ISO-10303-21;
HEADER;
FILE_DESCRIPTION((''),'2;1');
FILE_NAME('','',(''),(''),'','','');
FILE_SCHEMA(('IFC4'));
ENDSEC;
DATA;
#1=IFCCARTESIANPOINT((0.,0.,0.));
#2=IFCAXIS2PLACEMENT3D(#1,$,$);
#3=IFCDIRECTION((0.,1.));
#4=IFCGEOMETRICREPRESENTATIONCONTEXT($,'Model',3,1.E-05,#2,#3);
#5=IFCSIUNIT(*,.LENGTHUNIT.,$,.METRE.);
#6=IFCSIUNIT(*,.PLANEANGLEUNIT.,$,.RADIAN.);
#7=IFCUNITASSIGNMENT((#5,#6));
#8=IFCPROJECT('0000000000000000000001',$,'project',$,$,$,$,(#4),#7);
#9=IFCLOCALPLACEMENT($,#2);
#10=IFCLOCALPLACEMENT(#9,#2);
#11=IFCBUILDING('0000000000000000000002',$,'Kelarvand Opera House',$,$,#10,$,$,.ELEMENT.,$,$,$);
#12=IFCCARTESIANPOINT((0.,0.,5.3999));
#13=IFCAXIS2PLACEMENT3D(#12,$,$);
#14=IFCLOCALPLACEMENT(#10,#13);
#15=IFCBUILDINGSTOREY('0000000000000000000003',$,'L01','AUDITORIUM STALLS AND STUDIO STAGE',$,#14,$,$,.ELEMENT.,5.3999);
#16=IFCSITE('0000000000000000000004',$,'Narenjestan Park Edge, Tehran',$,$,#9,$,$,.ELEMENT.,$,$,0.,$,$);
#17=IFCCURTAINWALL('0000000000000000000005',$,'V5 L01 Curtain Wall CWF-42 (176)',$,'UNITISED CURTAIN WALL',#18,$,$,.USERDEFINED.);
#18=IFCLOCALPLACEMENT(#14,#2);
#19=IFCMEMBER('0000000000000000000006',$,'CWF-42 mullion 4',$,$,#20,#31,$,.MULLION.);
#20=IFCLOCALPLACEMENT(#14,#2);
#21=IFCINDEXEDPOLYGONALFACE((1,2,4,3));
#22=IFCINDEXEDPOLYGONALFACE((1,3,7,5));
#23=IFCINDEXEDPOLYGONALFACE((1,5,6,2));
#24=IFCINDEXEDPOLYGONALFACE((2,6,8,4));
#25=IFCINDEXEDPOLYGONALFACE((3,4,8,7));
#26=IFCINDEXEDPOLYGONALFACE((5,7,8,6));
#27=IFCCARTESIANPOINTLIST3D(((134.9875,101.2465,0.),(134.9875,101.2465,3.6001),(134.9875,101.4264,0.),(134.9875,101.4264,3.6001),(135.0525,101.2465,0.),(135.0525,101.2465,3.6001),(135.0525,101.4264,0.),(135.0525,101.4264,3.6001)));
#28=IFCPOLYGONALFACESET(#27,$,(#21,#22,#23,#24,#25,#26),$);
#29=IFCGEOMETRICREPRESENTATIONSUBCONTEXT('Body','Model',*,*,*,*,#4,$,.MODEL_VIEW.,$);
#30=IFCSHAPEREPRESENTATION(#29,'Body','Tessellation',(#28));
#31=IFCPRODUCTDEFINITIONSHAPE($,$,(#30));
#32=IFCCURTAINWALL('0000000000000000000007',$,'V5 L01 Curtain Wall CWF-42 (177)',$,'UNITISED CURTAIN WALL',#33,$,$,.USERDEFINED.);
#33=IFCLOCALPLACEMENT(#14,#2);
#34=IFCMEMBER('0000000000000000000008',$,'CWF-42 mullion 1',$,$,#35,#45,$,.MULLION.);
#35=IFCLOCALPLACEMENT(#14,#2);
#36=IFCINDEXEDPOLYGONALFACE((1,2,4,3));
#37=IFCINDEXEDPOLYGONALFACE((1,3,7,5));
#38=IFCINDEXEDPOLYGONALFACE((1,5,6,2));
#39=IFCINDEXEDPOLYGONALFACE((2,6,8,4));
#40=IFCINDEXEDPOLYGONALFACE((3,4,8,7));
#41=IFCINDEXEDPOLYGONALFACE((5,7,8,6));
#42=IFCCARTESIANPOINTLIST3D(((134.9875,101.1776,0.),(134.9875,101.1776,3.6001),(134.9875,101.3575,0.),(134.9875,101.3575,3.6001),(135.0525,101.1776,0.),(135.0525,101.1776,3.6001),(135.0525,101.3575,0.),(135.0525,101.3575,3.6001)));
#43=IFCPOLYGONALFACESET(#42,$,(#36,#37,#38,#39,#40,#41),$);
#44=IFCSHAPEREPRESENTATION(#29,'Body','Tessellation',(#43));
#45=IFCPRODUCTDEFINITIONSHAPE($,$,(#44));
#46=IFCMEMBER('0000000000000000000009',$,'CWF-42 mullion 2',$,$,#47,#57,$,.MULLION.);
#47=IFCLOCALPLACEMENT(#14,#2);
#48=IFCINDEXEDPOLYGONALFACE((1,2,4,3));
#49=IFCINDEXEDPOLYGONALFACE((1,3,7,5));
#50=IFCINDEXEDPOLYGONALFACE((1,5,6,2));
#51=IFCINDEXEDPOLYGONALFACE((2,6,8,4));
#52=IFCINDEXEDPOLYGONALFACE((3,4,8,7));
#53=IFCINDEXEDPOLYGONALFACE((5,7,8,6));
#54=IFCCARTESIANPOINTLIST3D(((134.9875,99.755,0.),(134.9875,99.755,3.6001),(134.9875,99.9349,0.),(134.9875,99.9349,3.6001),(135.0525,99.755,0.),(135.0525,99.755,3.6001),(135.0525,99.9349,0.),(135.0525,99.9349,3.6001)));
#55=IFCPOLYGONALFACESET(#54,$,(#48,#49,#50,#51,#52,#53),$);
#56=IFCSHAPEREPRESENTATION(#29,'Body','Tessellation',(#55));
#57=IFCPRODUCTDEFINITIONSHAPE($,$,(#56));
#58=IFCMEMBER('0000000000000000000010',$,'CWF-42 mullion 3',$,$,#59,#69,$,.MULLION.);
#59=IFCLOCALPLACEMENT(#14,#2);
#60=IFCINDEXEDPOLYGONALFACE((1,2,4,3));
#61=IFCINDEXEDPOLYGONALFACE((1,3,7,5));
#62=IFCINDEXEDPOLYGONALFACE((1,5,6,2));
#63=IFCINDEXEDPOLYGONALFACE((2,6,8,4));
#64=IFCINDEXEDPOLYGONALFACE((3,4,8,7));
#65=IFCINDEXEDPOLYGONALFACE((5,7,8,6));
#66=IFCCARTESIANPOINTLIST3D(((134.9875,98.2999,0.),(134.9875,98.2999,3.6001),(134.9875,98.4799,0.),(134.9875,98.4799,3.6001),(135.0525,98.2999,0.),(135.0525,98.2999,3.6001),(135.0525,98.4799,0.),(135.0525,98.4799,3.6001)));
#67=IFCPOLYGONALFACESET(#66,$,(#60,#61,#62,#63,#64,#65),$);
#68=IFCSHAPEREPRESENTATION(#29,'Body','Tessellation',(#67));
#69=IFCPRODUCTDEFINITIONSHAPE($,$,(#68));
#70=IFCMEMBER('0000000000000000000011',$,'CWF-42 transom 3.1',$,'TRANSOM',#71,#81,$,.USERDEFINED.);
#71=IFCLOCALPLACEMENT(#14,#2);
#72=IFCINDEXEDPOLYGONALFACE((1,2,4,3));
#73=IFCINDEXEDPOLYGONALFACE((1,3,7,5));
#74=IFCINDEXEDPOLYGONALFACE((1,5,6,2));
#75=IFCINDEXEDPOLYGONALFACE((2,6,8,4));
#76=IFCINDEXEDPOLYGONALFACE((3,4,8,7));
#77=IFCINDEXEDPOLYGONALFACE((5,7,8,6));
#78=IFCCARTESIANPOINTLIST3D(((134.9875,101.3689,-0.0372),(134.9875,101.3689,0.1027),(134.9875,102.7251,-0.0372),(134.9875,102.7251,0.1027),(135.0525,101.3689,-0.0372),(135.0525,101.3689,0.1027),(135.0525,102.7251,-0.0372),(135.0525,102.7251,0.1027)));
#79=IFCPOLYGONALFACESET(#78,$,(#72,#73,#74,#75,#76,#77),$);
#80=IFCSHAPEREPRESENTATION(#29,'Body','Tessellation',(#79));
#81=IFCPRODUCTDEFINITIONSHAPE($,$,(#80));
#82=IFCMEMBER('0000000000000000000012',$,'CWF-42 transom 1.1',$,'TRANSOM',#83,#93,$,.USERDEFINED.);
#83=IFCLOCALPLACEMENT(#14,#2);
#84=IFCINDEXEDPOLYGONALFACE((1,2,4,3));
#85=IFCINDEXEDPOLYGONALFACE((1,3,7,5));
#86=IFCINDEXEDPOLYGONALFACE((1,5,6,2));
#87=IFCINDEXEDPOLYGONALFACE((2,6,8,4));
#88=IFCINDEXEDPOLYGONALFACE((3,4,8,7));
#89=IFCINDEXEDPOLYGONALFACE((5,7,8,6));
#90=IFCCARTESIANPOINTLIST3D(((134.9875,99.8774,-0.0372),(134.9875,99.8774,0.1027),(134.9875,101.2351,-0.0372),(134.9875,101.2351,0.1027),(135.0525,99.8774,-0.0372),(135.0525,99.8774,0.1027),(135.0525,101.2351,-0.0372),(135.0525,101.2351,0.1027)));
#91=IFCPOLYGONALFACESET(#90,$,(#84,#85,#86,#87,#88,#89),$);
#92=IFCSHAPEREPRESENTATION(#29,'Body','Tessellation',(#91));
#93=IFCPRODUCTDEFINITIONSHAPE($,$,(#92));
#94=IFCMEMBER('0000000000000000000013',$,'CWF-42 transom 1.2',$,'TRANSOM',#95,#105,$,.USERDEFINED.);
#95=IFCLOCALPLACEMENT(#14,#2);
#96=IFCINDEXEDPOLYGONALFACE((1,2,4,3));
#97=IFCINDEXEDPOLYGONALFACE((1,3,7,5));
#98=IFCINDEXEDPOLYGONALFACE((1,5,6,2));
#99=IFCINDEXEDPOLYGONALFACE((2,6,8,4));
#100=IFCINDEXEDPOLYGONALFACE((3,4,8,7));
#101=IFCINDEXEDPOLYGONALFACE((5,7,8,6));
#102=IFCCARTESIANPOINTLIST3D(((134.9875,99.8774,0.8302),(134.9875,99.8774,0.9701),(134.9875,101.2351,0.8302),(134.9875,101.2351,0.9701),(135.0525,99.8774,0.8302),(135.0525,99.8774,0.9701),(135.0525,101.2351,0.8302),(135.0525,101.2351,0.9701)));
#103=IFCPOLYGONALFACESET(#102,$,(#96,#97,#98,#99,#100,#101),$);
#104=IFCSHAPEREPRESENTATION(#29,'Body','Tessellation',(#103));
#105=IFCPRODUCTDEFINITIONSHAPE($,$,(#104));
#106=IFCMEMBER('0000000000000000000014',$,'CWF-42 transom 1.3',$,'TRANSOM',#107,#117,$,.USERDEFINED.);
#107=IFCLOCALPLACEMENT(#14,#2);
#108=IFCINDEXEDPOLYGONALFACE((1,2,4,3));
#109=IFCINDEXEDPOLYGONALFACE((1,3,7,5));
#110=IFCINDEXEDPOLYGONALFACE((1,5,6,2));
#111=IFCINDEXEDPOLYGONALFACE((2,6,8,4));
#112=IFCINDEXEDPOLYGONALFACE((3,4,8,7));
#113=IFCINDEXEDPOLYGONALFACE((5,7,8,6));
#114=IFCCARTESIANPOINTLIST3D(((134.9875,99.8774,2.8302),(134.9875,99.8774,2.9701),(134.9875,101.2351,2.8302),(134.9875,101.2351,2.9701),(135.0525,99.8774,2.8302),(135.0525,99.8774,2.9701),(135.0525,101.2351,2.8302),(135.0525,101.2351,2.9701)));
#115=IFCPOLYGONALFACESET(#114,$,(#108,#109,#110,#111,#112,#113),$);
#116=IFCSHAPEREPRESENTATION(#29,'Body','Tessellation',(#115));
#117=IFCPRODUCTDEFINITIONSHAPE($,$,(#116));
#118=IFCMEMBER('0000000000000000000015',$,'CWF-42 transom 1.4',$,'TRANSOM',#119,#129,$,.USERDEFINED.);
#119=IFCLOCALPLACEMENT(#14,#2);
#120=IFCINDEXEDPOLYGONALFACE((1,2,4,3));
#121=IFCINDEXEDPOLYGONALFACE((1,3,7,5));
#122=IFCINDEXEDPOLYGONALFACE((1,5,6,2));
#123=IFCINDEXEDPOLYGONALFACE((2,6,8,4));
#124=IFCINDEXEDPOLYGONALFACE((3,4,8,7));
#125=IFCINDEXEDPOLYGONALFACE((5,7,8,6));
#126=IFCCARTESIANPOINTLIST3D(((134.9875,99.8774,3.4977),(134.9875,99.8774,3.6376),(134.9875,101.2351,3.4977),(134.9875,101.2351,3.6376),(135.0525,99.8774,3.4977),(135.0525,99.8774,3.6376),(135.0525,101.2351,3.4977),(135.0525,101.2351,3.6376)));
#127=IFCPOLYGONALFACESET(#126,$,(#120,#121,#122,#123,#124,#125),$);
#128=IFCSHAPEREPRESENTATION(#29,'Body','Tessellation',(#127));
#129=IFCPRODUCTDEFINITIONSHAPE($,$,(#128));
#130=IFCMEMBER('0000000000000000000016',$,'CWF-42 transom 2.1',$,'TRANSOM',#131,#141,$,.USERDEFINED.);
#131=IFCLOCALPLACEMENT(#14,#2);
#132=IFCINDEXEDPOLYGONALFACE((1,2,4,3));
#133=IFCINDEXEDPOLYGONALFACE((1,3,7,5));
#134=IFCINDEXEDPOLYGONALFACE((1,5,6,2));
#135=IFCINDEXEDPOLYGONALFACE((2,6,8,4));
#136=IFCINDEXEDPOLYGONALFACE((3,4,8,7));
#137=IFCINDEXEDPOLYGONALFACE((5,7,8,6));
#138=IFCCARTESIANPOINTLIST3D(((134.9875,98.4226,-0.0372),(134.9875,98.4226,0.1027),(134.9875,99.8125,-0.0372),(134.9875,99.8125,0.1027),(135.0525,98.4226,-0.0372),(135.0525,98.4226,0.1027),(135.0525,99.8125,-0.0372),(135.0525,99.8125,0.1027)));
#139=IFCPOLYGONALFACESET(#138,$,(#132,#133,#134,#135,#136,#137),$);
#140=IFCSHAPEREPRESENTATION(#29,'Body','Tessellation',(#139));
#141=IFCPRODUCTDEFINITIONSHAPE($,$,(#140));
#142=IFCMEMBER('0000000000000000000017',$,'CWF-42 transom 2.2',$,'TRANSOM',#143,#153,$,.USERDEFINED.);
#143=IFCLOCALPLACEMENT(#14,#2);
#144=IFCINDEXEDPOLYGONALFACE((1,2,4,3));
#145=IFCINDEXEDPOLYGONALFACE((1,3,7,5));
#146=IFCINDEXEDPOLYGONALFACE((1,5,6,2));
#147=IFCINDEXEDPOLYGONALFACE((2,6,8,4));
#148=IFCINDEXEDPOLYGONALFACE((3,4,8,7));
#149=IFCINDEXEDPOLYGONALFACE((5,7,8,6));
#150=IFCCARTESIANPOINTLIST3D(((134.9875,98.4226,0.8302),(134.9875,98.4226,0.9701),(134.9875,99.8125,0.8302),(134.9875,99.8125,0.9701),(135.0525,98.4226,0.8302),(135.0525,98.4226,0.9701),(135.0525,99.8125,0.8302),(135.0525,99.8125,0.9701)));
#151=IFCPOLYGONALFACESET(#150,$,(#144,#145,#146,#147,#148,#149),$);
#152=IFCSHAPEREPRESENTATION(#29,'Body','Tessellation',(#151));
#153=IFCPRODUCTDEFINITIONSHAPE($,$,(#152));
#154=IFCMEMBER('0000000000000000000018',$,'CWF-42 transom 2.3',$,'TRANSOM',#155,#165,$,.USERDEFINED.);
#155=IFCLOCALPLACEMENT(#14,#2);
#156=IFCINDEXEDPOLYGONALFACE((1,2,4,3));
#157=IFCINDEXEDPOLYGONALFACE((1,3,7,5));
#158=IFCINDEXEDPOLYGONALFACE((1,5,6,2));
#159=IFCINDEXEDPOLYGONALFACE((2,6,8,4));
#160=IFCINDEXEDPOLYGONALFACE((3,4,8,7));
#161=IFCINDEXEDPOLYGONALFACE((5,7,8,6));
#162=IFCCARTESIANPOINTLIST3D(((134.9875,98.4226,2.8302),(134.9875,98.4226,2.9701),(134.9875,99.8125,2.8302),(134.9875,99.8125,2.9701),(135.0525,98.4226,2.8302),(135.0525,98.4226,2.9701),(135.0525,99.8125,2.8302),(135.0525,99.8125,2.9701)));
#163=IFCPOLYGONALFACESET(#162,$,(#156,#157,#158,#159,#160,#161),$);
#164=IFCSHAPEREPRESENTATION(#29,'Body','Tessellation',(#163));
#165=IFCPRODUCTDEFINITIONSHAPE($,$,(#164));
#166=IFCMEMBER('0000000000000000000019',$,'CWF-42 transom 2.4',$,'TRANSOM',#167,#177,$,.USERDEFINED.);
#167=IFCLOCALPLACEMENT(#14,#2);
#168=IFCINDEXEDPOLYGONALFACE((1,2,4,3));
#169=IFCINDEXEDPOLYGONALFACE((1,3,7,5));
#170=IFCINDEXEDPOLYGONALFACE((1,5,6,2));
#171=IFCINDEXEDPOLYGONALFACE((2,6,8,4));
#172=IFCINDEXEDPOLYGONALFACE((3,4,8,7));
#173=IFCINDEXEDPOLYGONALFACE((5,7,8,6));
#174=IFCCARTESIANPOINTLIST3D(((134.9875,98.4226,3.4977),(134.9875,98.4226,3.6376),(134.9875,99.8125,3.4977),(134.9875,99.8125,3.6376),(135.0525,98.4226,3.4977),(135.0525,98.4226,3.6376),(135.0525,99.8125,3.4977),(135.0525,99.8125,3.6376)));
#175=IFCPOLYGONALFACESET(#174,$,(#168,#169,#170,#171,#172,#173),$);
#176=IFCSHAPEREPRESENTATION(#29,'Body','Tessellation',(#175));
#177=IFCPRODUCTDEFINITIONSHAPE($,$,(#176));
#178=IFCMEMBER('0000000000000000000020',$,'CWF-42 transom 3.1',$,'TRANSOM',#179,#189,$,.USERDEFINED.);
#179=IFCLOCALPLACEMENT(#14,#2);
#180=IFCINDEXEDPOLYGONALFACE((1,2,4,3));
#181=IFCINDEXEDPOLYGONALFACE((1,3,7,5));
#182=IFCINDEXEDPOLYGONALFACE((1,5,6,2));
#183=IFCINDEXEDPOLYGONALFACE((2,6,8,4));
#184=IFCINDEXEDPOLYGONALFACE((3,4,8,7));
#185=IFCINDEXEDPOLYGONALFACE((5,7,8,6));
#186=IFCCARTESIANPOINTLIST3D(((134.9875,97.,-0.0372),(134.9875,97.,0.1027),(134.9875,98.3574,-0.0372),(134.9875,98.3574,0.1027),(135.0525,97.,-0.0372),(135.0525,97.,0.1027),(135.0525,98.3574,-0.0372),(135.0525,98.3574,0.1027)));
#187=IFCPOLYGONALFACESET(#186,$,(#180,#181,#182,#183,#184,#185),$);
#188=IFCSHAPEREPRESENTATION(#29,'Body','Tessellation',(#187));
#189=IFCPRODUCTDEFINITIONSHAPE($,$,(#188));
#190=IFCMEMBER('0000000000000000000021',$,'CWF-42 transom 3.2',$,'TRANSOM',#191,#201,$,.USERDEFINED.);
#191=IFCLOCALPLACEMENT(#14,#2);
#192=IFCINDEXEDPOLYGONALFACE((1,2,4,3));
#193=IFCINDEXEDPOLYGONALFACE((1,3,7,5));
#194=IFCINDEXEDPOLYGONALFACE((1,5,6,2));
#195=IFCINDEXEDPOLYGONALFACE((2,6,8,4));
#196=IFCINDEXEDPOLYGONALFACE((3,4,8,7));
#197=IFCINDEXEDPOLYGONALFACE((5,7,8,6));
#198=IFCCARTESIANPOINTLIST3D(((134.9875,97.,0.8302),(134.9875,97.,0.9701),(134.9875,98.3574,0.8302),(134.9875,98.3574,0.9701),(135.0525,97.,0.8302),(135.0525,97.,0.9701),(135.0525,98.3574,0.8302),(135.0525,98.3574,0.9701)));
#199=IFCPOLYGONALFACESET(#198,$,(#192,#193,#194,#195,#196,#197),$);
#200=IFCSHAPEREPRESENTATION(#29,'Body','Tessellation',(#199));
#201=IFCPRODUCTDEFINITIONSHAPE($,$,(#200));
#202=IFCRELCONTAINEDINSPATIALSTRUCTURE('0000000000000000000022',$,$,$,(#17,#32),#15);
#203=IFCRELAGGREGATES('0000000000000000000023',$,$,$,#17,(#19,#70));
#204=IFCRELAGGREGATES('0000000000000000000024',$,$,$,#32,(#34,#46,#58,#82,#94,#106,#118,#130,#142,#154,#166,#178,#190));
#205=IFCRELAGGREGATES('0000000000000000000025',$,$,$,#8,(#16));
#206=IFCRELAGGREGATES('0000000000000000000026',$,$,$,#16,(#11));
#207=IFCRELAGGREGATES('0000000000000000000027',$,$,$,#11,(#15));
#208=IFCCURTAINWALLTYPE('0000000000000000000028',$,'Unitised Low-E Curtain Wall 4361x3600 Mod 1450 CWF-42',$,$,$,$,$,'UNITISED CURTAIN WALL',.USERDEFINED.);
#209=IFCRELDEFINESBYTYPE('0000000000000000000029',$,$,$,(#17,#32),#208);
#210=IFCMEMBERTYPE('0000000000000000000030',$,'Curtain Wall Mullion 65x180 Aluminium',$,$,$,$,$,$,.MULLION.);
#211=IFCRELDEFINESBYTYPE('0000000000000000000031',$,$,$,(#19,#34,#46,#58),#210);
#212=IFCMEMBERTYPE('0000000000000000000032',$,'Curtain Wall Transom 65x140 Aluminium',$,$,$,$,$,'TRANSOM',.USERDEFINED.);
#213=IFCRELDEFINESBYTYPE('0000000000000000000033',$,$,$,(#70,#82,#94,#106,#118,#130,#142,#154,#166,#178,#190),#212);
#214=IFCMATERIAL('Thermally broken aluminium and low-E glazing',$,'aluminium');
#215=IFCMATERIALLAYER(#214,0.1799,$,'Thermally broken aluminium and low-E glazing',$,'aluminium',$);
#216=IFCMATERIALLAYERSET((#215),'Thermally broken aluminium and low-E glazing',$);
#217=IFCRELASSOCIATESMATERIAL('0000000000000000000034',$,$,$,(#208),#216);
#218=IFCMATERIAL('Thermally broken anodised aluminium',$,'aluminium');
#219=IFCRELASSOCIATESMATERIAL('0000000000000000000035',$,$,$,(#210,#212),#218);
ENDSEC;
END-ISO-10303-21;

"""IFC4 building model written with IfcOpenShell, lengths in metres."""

from ifc_helpers import new_model, si_unit, direction, frame, origin, origin_2d, place, context, subcontext, project, spatial, rectangle, extrude, material, layer, layer_set, material_profile, profile_set, type_object, element, aggregate, save


model = new_model("IFC4")

# Units and contexts
model_context = context("Model", 3, precision=1e-05, world=origin(), true_north=direction((0.0, 1.0)))
body_context = subcontext(model_context, "Body", "Model", "MODEL_VIEW")
ifc_project = project(units=[si_unit("LENGTHUNIT", "METRE"), si_unit("PLANEANGLEUNIT", "RADIAN")], contexts=[model_context])

# Site, building, storey
site_placement = place(None, origin())
site = spatial("IfcSite", under=ifc_project, at=site_placement, Name="Narenjestan Park Edge, Tehran", CompositionType="ELEMENT", RefElevation=0.0)
building_placement = place(site_placement, origin())
building = spatial("IfcBuilding", under=site, at=building_placement, Name="Kelarvand Opera House", CompositionType="ELEMENT")
storey_placement = place(building_placement, frame((0.0, 0.0, 5.3999)))
storey = spatial("IfcBuildingStorey", under=building, at=storey_placement, Name="L01", Description="AUDITORIUM STALLS AND STUDIO STAGE", CompositionType="ELEMENT", Elevation=5.3999)

# Curtain wall, member
ifc_material_1 = material(Name="Thermally broken aluminium and low-E glazing", Category="aluminium")
ifc_layer_1 = layer(ifc_material_1, 0.1799, Name="Thermally broken aluminium and low-E glazing", Category="aluminium")
ifc_layer_set_1 = layer_set([ifc_layer_1], Name="Thermally broken aluminium and low-E glazing")
curtain_wall_type = type_object("IfcCurtainWallType", Name="Unitised Low-E Curtain Wall 4361x3600 Mod 1450 CWF-42", ElementType="UNITISED CURTAIN WALL", PredefinedType="USERDEFINED", material=ifc_layer_set_1)
curtain_wall_1_placement = place(storey_placement, origin())
curtain_wall_1 = element("IfcCurtainWall", 1, at=curtain_wall_1_placement, inside=storey, type_object=curtain_wall_type, Name="V5 L01 Curtain Wall CWF-42 (176)", ObjectType="UNITISED CURTAIN WALL", PredefinedType="USERDEFINED")
ifc_material_2 = material(Name="Thermally broken anodised aluminium", Category="aluminium")
ifc_material_profile_1 = material_profile(ifc_material_2, rectangle(XDim=0.0649, YDim=0.1799, at=origin_2d()), Name="ALU MULLION 65x180", Category="aluminium")
ifc_profile_set_1 = profile_set([ifc_material_profile_1], Name="Thermally broken anodised aluminium")
member_type_1 = type_object("IfcMemberType", Name="Curtain Wall Mullion 65x180 Aluminium", PredefinedType="MULLION", material=ifc_profile_set_1)
member_1_placement = place(storey_placement, frame((135.02, 101.3364, 0.0), z_axis=(0.0, 0.0, 1.0), x_axis=(1.0, 0.0, 0.0)))
member_1 = element("IfcMember", 2, at=member_1_placement, type_object=member_type_1, Name="CWF-42 mullion 4", PredefinedType="MULLION", context=body_context, shape_type="SweptSolid", body=[
    extrude(rectangle(XDim=0.0649, YDim=0.1799, at=origin_2d()), origin(), (0.0, 0.0, 1.0), 3.6001),
])

# Curtain wall, members
curtain_wall_2_placement = place(storey_placement, origin())
curtain_wall_2 = element("IfcCurtainWall", 3, at=curtain_wall_2_placement, inside=storey, type_object=curtain_wall_type, Name="V5 L01 Curtain Wall CWF-42 (177)", ObjectType="UNITISED CURTAIN WALL", PredefinedType="USERDEFINED")
member_2_placement = place(storey_placement, frame((135.02, 101.2676, 0.0), z_axis=(0.0, 0.0, 1.0), x_axis=(1.0, 0.0, 0.0)))
member_2 = element("IfcMember", 4, at=member_2_placement, type_object=member_type_1, Name="CWF-42 mullion 1", PredefinedType="MULLION", context=body_context, shape_type="SweptSolid", body=[
    extrude(rectangle(XDim=0.0649, YDim=0.1799, at=origin_2d()), origin(), (0.0, 0.0, 1.0), 3.6001),
])
member_3_placement = place(storey_placement, frame((135.02, 99.845, 0.0), z_axis=(0.0, 0.0, 1.0), x_axis=(1.0, 0.0, 0.0)))
member_3 = element("IfcMember", 5, at=member_3_placement, type_object=member_type_1, Name="CWF-42 mullion 2", PredefinedType="MULLION", context=body_context, shape_type="SweptSolid", body=[
    extrude(rectangle(XDim=0.0649, YDim=0.1799, at=origin_2d()), origin(), (0.0, 0.0, 1.0), 3.6001),
])
member_4_placement = place(storey_placement, frame((135.02, 98.3899, 0.0), z_axis=(0.0, 0.0, 1.0), x_axis=(1.0, 0.0, 0.0)))
member_4 = element("IfcMember", 6, at=member_4_placement, type_object=member_type_1, Name="CWF-42 mullion 3", PredefinedType="MULLION", context=body_context, shape_type="SweptSolid", body=[
    extrude(rectangle(XDim=0.0649, YDim=0.1799, at=origin_2d()), origin(), (0.0, 0.0, 1.0), 3.6001),
])

# Members
ifc_material_profile_2 = material_profile(ifc_material_2, rectangle(XDim=0.0649, YDim=0.1399, at=origin_2d()), Name="ALU TRANSOM 65x140", Category="aluminium")
ifc_profile_set_2 = profile_set([ifc_material_profile_2], Name="Thermally broken anodised aluminium")
member_type_2 = type_object("IfcMemberType", Name="Curtain Wall Transom 65x140 Aluminium", ElementType="TRANSOM", PredefinedType="USERDEFINED", material=ifc_profile_set_2)
member_5_placement = place(storey_placement, frame((135.02, 102.7251, 0.0327), z_axis=(0.0, -1.0, 0.0), x_axis=(1.0, 0.0, 0.0)))
member_5 = element("IfcMember", 7, at=member_5_placement, type_object=member_type_2, Name="CWF-42 transom 3.1", ObjectType="TRANSOM", PredefinedType="USERDEFINED", context=body_context, shape_type="SweptSolid", body=[
    extrude(rectangle(XDim=0.0649, YDim=0.1399, at=origin_2d()), origin(), (0.0, 0.0, 1.0), 1.3562),
])
member_6_placement = place(storey_placement, frame((135.02, 101.2351, 0.0327), z_axis=(0.0, -1.0, 0.0), x_axis=(1.0, 0.0, 0.0)))
member_6 = element("IfcMember", 8, at=member_6_placement, type_object=member_type_2, Name="CWF-42 transom 1.1", ObjectType="TRANSOM", PredefinedType="USERDEFINED", context=body_context, shape_type="SweptSolid", body=[
    extrude(rectangle(XDim=0.0649, YDim=0.1399, at=origin_2d()), origin(), (0.0, 0.0, 1.0), 1.3577),
])
member_7_placement = place(storey_placement, frame((135.02, 101.2351, 0.9001), z_axis=(0.0, -1.0, 0.0), x_axis=(1.0, 0.0, 0.0)))
member_7 = element("IfcMember", 9, at=member_7_placement, type_object=member_type_2, Name="CWF-42 transom 1.2", ObjectType="TRANSOM", PredefinedType="USERDEFINED", context=body_context, shape_type="SweptSolid", body=[
    extrude(rectangle(XDim=0.0649, YDim=0.1399, at=origin_2d()), origin(), (0.0, 0.0, 1.0), 1.3577),
])
member_8_placement = place(storey_placement, frame((135.02, 101.2351, 2.9001), z_axis=(0.0, -1.0, 0.0), x_axis=(1.0, 0.0, 0.0)))
member_8 = element("IfcMember", 10, at=member_8_placement, type_object=member_type_2, Name="CWF-42 transom 1.3", ObjectType="TRANSOM", PredefinedType="USERDEFINED", context=body_context, shape_type="SweptSolid", body=[
    extrude(rectangle(XDim=0.0649, YDim=0.1399, at=origin_2d()), origin(), (0.0, 0.0, 1.0), 1.3577),
])
member_9_placement = place(storey_placement, frame((135.02, 101.2351, 3.5676), z_axis=(0.0, -1.0, 0.0), x_axis=(1.0, 0.0, 0.0)))
member_9 = element("IfcMember", 11, at=member_9_placement, type_object=member_type_2, Name="CWF-42 transom 1.4", ObjectType="TRANSOM", PredefinedType="USERDEFINED", context=body_context, shape_type="SweptSolid", body=[
    extrude(rectangle(XDim=0.0649, YDim=0.1399, at=origin_2d()), origin(), (0.0, 0.0, 1.0), 1.3577),
])
member_10_placement = place(storey_placement, frame((135.02, 99.8125, 0.0327), z_axis=(0.0, -1.0, 0.0), x_axis=(1.0, 0.0, 0.0)))
member_10 = element("IfcMember", 12, at=member_10_placement, type_object=member_type_2, Name="CWF-42 transom 2.1", ObjectType="TRANSOM", PredefinedType="USERDEFINED", context=body_context, shape_type="SweptSolid", body=[
    extrude(rectangle(XDim=0.0649, YDim=0.1399, at=origin_2d()), origin(), (0.0, 0.0, 1.0), 1.3899),
])
member_11_placement = place(storey_placement, frame((135.02, 99.8125, 0.9001), z_axis=(0.0, -1.0, 0.0), x_axis=(1.0, 0.0, 0.0)))
member_11 = element("IfcMember", 13, at=member_11_placement, type_object=member_type_2, Name="CWF-42 transom 2.2", ObjectType="TRANSOM", PredefinedType="USERDEFINED", context=body_context, shape_type="SweptSolid", body=[
    extrude(rectangle(XDim=0.0649, YDim=0.1399, at=origin_2d()), origin(), (0.0, 0.0, 1.0), 1.3899),
])
member_12_placement = place(storey_placement, frame((135.02, 99.8125, 2.9001), z_axis=(0.0, -1.0, 0.0), x_axis=(1.0, 0.0, 0.0)))
member_12 = element("IfcMember", 14, at=member_12_placement, type_object=member_type_2, Name="CWF-42 transom 2.3", ObjectType="TRANSOM", PredefinedType="USERDEFINED", context=body_context, shape_type="SweptSolid", body=[
    extrude(rectangle(XDim=0.0649, YDim=0.1399, at=origin_2d()), origin(), (0.0, 0.0, 1.0), 1.3899),
])
member_13_placement = place(storey_placement, frame((135.02, 99.8125, 3.5676), z_axis=(0.0, -1.0, 0.0), x_axis=(1.0, 0.0, 0.0)))
member_13 = element("IfcMember", 15, at=member_13_placement, type_object=member_type_2, Name="CWF-42 transom 2.4", ObjectType="TRANSOM", PredefinedType="USERDEFINED", context=body_context, shape_type="SweptSolid", body=[
    extrude(rectangle(XDim=0.0649, YDim=0.1399, at=origin_2d()), origin(), (0.0, 0.0, 1.0), 1.3899),
])
member_14_placement = place(storey_placement, frame((135.02, 98.3574, 0.0327), z_axis=(0.0, -1.0, 0.0), x_axis=(1.0, 0.0, 0.0)))
member_14 = element("IfcMember", 16, at=member_14_placement, type_object=member_type_2, Name="CWF-42 transom 3.1", ObjectType="TRANSOM", PredefinedType="USERDEFINED", context=body_context, shape_type="SweptSolid", body=[
    extrude(rectangle(XDim=0.0649, YDim=0.1399, at=origin_2d()), origin(), (0.0, 0.0, 1.0), 1.3574),
])
member_15_placement = place(storey_placement, frame((135.02, 98.3574, 0.9001), z_axis=(0.0, -1.0, 0.0), x_axis=(1.0, 0.0, 0.0)))
member_15 = element("IfcMember", 17, at=member_15_placement, type_object=member_type_2, Name="CWF-42 transom 3.2", ObjectType="TRANSOM", PredefinedType="USERDEFINED", context=body_context, shape_type="SweptSolid", body=[
    extrude(rectangle(XDim=0.0649, YDim=0.1399, at=origin_2d()), origin(), (0.0, 0.0, 1.0), 1.3574),
])

aggregate(curtain_wall_1, [member_1, member_5])
aggregate(curtain_wall_2, [member_2, member_3, member_4, member_6, member_7, member_8, member_9, member_10, member_11, member_12, member_13, member_14, member_15])

save(model, "model.ifc")
